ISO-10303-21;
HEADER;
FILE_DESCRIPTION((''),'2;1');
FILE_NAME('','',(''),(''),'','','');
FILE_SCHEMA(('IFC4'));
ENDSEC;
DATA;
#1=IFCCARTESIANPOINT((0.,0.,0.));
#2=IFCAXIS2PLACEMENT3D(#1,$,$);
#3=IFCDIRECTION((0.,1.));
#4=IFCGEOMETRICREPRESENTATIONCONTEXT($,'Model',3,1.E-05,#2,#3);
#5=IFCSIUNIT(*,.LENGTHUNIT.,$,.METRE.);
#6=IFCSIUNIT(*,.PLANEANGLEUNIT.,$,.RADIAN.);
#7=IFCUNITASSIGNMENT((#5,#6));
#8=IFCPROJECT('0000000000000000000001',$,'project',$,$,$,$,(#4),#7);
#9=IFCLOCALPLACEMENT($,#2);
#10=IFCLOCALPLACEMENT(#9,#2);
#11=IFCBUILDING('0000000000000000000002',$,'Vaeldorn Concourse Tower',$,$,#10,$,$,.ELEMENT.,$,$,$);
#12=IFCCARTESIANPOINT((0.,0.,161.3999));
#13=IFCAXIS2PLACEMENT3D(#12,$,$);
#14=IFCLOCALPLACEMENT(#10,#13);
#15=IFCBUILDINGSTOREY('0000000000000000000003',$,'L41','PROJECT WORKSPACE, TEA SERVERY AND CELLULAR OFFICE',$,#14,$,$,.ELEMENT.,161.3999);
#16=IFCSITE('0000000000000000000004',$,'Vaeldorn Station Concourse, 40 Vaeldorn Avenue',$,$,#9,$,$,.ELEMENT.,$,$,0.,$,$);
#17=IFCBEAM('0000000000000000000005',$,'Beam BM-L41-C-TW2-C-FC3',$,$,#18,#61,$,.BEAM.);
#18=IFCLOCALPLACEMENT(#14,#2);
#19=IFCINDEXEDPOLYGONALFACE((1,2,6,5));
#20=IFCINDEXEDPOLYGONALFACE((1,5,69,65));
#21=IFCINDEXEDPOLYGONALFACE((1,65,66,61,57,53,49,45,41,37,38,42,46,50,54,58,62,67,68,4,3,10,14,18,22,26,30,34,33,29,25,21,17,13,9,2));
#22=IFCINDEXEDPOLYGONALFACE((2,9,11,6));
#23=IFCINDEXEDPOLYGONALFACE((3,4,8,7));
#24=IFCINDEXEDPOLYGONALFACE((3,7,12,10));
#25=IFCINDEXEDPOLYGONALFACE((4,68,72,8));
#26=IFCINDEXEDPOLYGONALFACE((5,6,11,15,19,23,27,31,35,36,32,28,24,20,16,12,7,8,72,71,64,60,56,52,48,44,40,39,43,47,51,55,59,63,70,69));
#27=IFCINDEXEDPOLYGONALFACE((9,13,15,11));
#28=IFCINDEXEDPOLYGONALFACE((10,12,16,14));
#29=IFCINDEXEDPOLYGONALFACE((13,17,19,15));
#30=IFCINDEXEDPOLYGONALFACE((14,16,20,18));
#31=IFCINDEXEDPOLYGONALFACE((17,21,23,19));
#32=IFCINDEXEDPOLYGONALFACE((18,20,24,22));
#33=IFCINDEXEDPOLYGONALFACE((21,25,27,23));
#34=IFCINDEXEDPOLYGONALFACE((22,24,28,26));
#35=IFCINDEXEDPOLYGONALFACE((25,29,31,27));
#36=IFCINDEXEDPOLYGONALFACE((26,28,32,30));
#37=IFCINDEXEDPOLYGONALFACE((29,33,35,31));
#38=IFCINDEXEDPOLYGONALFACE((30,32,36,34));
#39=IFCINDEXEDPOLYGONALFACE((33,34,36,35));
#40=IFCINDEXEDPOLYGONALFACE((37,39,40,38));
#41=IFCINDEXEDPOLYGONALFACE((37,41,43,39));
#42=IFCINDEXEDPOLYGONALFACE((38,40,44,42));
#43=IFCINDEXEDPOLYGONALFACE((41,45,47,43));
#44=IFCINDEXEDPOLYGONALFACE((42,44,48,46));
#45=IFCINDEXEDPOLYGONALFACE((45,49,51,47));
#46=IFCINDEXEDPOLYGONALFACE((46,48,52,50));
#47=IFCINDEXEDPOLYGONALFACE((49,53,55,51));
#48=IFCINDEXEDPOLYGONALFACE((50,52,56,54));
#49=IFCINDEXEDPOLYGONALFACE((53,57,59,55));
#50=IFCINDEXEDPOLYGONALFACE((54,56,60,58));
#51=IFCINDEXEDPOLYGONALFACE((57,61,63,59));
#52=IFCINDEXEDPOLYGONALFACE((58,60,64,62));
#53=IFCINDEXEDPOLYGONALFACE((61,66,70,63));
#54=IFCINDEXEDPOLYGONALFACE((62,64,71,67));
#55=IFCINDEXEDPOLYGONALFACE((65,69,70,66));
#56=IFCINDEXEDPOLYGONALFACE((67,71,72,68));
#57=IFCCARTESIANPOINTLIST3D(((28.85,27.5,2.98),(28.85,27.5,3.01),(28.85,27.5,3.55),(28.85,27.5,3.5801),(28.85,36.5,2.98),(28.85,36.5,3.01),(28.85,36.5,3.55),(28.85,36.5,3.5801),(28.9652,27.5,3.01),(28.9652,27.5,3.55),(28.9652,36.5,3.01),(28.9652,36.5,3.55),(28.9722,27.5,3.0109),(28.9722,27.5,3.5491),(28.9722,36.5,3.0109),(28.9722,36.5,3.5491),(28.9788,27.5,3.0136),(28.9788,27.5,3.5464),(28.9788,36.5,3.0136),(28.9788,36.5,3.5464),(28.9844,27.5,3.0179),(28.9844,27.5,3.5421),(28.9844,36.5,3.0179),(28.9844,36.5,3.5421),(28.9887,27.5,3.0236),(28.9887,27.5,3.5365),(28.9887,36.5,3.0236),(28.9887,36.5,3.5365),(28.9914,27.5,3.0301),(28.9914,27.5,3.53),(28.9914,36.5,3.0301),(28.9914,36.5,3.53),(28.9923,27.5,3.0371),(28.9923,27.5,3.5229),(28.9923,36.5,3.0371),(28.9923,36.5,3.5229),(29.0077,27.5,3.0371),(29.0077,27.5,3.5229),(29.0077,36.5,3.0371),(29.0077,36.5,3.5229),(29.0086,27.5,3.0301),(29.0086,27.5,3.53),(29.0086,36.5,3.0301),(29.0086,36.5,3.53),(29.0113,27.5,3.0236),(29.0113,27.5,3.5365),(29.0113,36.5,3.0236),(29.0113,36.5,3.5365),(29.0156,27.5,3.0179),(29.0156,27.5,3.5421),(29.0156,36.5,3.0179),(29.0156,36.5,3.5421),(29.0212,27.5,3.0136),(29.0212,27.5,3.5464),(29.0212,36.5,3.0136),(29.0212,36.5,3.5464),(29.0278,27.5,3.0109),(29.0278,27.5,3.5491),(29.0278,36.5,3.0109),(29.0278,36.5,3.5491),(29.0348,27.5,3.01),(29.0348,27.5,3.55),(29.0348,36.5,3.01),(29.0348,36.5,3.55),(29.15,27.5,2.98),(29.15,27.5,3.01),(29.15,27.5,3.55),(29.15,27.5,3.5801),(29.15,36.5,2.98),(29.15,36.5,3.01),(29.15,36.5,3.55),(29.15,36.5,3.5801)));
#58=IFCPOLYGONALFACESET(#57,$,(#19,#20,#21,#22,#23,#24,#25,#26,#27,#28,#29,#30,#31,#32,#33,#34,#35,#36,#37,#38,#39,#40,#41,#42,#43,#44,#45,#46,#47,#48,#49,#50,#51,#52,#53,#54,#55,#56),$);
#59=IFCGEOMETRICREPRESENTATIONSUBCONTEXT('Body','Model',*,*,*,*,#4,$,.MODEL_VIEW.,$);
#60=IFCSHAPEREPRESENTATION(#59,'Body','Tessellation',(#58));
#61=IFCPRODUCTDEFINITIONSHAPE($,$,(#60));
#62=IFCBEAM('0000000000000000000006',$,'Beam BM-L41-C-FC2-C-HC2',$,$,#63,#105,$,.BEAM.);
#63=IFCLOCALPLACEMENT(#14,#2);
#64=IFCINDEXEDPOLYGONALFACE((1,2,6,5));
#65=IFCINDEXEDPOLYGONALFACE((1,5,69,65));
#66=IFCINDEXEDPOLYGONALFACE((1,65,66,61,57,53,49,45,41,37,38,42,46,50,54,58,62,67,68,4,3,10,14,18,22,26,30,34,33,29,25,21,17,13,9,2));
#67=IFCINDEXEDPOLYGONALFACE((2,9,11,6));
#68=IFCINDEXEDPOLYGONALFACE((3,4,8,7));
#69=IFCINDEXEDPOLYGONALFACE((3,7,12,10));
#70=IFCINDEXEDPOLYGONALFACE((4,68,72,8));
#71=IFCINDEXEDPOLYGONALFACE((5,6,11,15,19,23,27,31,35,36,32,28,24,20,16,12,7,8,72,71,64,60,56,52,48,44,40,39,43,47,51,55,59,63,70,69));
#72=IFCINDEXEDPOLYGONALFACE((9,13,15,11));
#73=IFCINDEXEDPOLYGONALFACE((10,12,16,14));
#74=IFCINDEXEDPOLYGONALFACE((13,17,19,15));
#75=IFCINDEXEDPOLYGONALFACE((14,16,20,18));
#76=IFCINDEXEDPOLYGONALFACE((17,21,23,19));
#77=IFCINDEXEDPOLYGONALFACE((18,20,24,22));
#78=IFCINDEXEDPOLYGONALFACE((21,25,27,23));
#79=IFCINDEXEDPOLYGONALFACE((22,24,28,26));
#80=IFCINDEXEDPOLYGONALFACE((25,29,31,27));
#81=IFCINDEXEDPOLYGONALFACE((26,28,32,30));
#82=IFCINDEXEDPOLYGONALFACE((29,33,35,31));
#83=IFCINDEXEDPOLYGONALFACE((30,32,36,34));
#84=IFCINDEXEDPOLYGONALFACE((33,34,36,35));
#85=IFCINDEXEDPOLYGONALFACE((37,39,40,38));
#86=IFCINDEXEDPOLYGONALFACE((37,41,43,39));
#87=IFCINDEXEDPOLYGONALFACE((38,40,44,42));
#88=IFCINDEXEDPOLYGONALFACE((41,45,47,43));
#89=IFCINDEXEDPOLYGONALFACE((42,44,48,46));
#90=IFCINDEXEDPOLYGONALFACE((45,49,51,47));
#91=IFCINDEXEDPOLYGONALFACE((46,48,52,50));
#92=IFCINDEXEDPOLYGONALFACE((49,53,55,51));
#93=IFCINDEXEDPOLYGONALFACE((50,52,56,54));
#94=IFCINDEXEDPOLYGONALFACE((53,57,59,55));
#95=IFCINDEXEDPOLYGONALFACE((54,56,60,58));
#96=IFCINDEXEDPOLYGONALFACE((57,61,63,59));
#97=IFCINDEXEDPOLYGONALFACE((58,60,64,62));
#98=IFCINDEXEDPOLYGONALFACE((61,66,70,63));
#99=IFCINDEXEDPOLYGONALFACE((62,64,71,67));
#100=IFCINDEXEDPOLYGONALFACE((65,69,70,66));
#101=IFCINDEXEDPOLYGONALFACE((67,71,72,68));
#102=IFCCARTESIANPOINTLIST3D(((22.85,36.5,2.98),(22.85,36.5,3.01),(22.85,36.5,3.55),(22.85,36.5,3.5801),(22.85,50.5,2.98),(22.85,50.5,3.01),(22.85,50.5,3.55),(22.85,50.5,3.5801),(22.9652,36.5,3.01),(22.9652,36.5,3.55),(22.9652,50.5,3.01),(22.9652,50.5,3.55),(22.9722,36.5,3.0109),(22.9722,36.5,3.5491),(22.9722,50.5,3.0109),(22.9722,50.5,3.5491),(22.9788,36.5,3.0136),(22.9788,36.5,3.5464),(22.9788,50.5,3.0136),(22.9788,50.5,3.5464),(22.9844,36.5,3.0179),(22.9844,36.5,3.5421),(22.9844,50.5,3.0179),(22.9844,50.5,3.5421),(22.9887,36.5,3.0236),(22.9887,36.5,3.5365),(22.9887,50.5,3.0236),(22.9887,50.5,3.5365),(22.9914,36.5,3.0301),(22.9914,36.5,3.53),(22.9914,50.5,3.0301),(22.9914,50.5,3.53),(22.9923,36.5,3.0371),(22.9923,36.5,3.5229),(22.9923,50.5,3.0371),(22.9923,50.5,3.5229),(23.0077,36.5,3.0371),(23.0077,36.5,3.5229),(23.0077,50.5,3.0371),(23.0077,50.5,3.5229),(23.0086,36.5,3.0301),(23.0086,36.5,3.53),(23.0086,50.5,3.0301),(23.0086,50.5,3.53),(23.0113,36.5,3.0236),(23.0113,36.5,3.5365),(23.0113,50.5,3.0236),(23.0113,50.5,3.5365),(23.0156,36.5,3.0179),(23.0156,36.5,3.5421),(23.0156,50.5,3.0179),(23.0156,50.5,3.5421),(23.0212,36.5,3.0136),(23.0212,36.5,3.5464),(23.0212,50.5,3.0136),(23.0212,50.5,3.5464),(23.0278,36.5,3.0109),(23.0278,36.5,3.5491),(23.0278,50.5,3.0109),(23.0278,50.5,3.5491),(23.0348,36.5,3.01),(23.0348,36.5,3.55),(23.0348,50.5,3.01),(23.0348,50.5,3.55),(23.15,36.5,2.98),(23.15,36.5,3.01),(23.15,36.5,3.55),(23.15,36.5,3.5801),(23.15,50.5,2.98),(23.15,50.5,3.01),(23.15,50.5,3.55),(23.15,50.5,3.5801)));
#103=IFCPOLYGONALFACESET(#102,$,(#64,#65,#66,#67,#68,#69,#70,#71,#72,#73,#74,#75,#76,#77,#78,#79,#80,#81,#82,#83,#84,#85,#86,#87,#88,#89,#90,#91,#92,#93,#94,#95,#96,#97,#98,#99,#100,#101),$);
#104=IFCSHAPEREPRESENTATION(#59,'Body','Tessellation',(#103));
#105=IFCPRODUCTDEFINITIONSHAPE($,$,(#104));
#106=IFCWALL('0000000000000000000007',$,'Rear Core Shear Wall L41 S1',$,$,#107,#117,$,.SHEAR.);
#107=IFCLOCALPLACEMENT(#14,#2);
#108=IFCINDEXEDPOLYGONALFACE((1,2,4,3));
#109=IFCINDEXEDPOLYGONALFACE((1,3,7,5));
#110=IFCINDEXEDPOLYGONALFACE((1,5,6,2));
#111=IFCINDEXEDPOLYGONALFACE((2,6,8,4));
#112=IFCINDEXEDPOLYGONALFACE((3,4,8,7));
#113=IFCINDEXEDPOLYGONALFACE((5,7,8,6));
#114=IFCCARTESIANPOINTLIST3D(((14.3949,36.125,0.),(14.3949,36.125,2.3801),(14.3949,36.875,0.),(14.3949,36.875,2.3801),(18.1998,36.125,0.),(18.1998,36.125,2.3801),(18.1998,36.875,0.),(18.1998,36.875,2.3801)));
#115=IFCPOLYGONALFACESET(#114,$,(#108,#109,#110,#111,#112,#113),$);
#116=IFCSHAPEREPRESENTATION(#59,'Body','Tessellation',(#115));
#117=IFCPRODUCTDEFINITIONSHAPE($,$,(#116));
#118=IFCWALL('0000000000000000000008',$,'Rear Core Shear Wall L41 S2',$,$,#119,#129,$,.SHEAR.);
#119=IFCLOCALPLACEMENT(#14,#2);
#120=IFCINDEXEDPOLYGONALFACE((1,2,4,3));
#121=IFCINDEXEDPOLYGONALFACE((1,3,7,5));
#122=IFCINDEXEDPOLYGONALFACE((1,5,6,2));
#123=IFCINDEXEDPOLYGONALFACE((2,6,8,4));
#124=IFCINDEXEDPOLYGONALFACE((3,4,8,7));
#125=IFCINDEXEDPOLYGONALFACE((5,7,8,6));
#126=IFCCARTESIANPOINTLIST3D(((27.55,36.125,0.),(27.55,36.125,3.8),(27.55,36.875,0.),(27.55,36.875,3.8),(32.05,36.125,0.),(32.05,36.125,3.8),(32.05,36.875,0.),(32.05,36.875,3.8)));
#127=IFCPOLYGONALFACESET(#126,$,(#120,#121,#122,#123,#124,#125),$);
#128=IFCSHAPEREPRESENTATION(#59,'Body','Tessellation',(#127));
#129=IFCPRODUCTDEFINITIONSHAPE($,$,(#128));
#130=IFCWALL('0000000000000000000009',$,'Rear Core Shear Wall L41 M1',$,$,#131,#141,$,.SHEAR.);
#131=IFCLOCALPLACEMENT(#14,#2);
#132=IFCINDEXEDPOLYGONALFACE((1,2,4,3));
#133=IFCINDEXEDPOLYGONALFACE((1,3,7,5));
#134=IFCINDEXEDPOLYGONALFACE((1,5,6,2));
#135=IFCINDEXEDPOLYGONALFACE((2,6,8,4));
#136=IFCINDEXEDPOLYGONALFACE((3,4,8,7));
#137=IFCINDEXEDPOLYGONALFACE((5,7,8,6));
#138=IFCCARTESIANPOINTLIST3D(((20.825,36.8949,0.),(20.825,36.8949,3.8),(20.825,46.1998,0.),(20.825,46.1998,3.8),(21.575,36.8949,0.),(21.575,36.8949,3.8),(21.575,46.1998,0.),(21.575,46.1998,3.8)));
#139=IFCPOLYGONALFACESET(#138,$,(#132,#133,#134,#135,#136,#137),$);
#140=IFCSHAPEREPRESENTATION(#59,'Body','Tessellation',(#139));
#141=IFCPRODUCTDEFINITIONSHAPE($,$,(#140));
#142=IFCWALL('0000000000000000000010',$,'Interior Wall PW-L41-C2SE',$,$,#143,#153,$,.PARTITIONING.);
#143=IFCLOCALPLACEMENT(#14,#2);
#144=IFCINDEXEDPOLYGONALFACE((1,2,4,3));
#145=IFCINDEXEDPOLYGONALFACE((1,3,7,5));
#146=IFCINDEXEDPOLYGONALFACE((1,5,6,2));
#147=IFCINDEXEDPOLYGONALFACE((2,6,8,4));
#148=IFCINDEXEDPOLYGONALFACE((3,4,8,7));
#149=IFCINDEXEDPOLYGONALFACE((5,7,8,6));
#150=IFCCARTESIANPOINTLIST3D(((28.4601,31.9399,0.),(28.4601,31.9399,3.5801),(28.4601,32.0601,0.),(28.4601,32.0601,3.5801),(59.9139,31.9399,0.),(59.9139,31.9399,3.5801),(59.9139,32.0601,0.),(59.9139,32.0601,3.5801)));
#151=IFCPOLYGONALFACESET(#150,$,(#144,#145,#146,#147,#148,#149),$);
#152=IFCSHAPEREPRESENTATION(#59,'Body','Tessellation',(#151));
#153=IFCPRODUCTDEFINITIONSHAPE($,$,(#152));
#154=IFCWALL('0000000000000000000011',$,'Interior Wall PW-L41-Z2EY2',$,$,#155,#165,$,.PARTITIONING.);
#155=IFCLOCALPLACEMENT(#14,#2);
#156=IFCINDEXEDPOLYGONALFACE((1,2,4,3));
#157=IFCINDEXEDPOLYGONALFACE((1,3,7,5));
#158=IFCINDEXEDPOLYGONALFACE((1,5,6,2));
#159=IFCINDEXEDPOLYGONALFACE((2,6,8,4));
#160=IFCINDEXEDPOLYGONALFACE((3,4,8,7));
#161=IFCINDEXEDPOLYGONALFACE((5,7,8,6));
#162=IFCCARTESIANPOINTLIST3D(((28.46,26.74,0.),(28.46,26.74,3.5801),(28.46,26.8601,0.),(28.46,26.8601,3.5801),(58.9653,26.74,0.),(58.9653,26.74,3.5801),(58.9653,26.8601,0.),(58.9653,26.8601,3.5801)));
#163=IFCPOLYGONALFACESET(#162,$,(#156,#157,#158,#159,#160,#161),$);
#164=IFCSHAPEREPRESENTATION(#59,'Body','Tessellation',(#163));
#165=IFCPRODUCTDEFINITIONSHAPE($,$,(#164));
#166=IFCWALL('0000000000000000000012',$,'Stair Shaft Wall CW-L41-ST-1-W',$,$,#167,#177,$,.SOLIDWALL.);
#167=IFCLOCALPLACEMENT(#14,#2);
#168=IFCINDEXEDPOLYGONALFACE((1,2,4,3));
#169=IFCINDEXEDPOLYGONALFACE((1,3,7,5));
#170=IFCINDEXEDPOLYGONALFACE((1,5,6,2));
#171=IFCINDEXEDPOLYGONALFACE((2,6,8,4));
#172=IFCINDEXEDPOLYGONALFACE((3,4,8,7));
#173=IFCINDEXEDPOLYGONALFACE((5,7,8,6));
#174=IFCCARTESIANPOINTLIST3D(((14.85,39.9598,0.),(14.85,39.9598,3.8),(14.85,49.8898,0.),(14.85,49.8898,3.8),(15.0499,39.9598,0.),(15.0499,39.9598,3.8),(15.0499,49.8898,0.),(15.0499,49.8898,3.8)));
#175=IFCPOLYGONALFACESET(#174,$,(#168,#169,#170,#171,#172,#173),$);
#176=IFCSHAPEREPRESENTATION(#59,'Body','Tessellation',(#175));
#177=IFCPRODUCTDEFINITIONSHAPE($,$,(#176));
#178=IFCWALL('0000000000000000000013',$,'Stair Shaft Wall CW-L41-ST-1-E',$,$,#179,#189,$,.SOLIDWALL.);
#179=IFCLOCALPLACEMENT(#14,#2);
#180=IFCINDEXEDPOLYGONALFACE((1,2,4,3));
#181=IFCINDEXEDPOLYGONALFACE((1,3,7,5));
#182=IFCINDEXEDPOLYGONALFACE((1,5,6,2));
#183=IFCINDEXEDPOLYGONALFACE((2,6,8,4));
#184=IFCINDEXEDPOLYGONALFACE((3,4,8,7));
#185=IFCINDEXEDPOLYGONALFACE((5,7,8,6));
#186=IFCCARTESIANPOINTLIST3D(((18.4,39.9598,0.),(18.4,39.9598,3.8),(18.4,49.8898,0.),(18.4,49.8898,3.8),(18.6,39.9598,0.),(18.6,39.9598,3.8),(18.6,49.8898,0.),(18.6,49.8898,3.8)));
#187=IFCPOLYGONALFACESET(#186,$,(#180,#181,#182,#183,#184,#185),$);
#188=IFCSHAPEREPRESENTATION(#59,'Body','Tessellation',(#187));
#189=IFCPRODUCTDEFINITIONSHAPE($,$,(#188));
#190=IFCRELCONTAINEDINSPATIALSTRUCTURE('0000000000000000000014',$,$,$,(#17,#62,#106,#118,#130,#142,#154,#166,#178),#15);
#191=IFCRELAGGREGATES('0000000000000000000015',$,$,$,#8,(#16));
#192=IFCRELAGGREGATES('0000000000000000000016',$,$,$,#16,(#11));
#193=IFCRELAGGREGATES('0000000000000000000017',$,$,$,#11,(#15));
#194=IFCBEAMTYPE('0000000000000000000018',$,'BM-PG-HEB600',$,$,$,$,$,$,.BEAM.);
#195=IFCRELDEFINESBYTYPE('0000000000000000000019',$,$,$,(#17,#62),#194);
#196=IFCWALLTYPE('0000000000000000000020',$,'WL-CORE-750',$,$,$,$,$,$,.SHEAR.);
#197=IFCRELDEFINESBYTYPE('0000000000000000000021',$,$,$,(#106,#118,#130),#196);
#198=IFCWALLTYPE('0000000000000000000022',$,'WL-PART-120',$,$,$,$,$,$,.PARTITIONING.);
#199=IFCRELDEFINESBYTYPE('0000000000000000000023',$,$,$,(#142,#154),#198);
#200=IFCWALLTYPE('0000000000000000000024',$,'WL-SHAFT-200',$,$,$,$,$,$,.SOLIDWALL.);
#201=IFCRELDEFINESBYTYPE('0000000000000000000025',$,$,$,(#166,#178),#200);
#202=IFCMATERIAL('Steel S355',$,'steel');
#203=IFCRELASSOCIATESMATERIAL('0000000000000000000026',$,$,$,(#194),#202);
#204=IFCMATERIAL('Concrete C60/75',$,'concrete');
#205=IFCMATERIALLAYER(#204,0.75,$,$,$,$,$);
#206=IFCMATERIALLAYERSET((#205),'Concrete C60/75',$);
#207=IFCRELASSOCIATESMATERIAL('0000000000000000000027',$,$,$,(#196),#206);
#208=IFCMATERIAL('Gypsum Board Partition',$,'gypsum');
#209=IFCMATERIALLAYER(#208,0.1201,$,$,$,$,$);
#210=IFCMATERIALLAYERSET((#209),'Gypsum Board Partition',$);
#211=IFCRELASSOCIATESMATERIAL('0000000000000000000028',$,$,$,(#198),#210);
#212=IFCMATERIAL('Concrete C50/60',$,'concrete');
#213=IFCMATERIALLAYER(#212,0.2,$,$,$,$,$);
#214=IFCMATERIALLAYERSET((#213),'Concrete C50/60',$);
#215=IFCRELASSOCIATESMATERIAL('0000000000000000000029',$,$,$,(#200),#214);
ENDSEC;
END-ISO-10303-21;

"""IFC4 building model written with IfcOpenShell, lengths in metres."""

from ifc_helpers import new_model, si_unit, direction, frame, frame_2d, origin, origin_2d, place, context, subcontext, project, spatial, rectangle, i_section, extrude, source, transform, mapped, material, layer, layer_set, material_profile, profile_set, type_object, element, save


model = new_model("IFC4")

# Units and contexts
model_context = context("Model", 3, precision=1e-05, world=origin(), true_north=direction((0.0, 1.0)))
body_context = subcontext(model_context, "Body", "Model", "MODEL_VIEW")
ifc_project = project(units=[si_unit("LENGTHUNIT", "METRE"), si_unit("PLANEANGLEUNIT", "RADIAN")], contexts=[model_context])

# Site, building, storey
site_placement = place(None, origin())
site = spatial("IfcSite", under=ifc_project, at=site_placement, Name="Vaeldorn Station Concourse, 40 Vaeldorn Avenue", CompositionType="ELEMENT", RefElevation=0.0)
building_placement = place(site_placement, origin())
building = spatial("IfcBuilding", under=site, at=building_placement, Name="Vaeldorn Concourse Tower", CompositionType="ELEMENT")
storey_placement = place(building_placement, frame((0.0, 0.0, 161.3999)))
storey = spatial("IfcBuildingStorey", under=building, at=storey_placement, Name="L41", Description="PROJECT WORKSPACE, TEA SERVERY AND CELLULAR OFFICE", CompositionType="ELEMENT", Elevation=161.3999)

# Beams
ifc_material_1 = material(Name="Steel S355", Category="steel")
ifc_material_profile_1 = material_profile(ifc_material_1, i_section(OverallWidth=0.3, OverallDepth=0.6001, WebThickness=0.0154, FlangeThickness=0.03, FilletRadius=0.0271, at=origin_2d()), Name="HEB 600")
ifc_profile_set_1 = profile_set([ifc_material_profile_1], Name="Steel S355")
beam_type_1 = type_object("IfcBeamType", Name="BM-PG-HEB600", PredefinedType="BEAM", material=ifc_profile_set_1)
shared_shape_1 = source(origin(), body_context, "Body", "SweptSolid", [
    extrude(i_section(OverallWidth=0.3, OverallDepth=0.6001, WebThickness=0.0154, FlangeThickness=0.03, FilletRadius=0.0271, at=origin_2d()), origin(), (0.0, 0.0, 1.0), 9.0),
])
for number, where, z_axis, x_axis, name in (
    (1, (29.0, 27.5, 3.28), (0.0, 1.0, 0.0), (-1.0, 0.0, 0.0), "Beam BM-L41-C-TW2-C-FC3"),
):
    element("IfcBeam", number, at=place(storey_placement, frame(where, z_axis=z_axis, x_axis=x_axis)), inside=storey, type_object=beam_type_1, Name=name, PredefinedType="BEAM", context=body_context, shape_type="MappedRepresentation", body=[
        mapped(shared_shape_1, transform((0.0, 0.0, 0.0), scale=1.0)),
    ])
shared_shape_2 = source(origin(), body_context, "Body", "SweptSolid", [
    extrude(i_section(OverallWidth=0.3, OverallDepth=0.6001, WebThickness=0.0154, FlangeThickness=0.03, FilletRadius=0.0271, at=origin_2d()), origin(), (0.0, 0.0, 1.0), 14.0),
])
beam_placement = place(storey_placement, frame((23.0, 36.5, 3.28), z_axis=(0.0, 1.0, 0.0), x_axis=(-1.0, 0.0, 0.0)))
element("IfcBeam", 2, at=beam_placement, inside=storey, type_object=beam_type_1, Name="Beam BM-L41-C-FC2-C-HC2", PredefinedType="BEAM", context=body_context, shape_type="MappedRepresentation", body=[
    mapped(shared_shape_2, transform((0.0, 0.0, 0.0), scale=1.0)),
])

# Walls
ifc_material_2 = material(Name="Concrete C60/75", Category="concrete")
ifc_layer_1 = layer(ifc_material_2, 0.75)
ifc_layer_set_1 = layer_set([ifc_layer_1], Name="Concrete C60/75")
wall_type_1 = type_object("IfcWallType", Name="WL-CORE-750", PredefinedType="SHEAR", material=ifc_layer_set_1)
wall_1_placement = place(storey_placement, frame((14.395, 36.5, 0.0), z_axis=(0.0, 0.0, 1.0), x_axis=(1.0, 0.0, 0.0)))
element("IfcWall", 3, at=wall_1_placement, inside=storey, type_object=wall_type_1, Name="Rear Core Shear Wall L41 S1", PredefinedType="SHEAR", context=body_context, shape_type="SweptSolid", body=[
    extrude(rectangle(XDim=3.8049, YDim=0.75, at=frame_2d((1.9023, 0.0))), origin(), (0.0, 0.0, 1.0), 2.3801),
])
wall_2_placement = place(storey_placement, frame((27.55, 36.5, 0.0), z_axis=(0.0, 0.0, 1.0), x_axis=(1.0, 0.0, 0.0)))
element("IfcWall", 4, at=wall_2_placement, inside=storey, type_object=wall_type_1, Name="Rear Core Shear Wall L41 S2", PredefinedType="SHEAR", context=body_context, shape_type="SweptSolid", body=[
    extrude(rectangle(XDim=4.5, YDim=0.75, at=frame_2d((2.25, 0.0))), origin(), (0.0, 0.0, 1.0), 3.8),
])
wall_3_placement = place(storey_placement, frame((21.2, 36.895, 0.0), z_axis=(0.0, 0.0, 1.0), x_axis=(0.0, 1.0, 0.0)))
element("IfcWall", 5, at=wall_3_placement, inside=storey, type_object=wall_type_1, Name="Rear Core Shear Wall L41 M1", PredefinedType="SHEAR", context=body_context, shape_type="SweptSolid", body=[
    extrude(rectangle(XDim=9.3049, YDim=0.75, at=frame_2d((4.6523, 0.0))), origin(), (0.0, 0.0, 1.0), 3.8),
])
ifc_material_3 = material(Name="Gypsum Board Partition", Category="gypsum")
ifc_layer_2 = layer(ifc_material_3, 0.1201)
ifc_layer_set_2 = layer_set([ifc_layer_2], Name="Gypsum Board Partition")
wall_type_2 = type_object("IfcWallType", Name="WL-PART-120", PredefinedType="PARTITIONING", material=ifc_layer_set_2)
wall_4_placement = place(storey_placement, frame((28.46, 32.0, 0.0), z_axis=(0.0, 0.0, 1.0), x_axis=(1.0, 0.0, 0.0)))
element("IfcWall", 6, at=wall_4_placement, inside=storey, type_object=wall_type_2, Name="Interior Wall PW-L41-C2SE", PredefinedType="PARTITIONING", context=body_context, shape_type="SweptSolid", body=[
    extrude(rectangle(XDim=31.4539, YDim=0.1201, at=frame_2d((15.7271, 0.0))), origin(), (0.0, 0.0, 1.0), 3.5801),
])
wall_5_placement = place(storey_placement, frame((28.46, 26.8, 0.0), z_axis=(0.0, 0.0, 1.0), x_axis=(1.0, 0.0, 0.0)))
element("IfcWall", 7, at=wall_5_placement, inside=storey, type_object=wall_type_2, Name="Interior Wall PW-L41-Z2EY2", PredefinedType="PARTITIONING", context=body_context, shape_type="SweptSolid", body=[
    extrude(rectangle(XDim=30.5054, YDim=0.1201, at=frame_2d((15.2527, 0.0))), origin(), (0.0, 0.0, 1.0), 3.5801),
])

# Shared definitions
ifc_material_4 = material(Name="Concrete C50/60", Category="concrete")
ifc_layer_3 = layer(ifc_material_4, 0.2)
ifc_layer_set_3 = layer_set([ifc_layer_3], Name="Concrete C50/60")
wall_type_3 = type_object("IfcWallType", Name="WL-SHAFT-200", PredefinedType="SOLIDWALL", material=ifc_layer_set_3)

# Walls
for number, where, z_axis, x_axis, name in (
    (8, (14.95, 39.96, 0.0), (0.0, 0.0, 1.0), (0.0, 1.0, 0.0), "Stair Shaft Wall CW-L41-ST-1-W"),
    (9, (18.5, 39.96, 0.0), (0.0, 0.0, 1.0), (0.0, 1.0, 0.0), "Stair Shaft Wall CW-L41-ST-1-E"),
):
    element("IfcWall", number, at=place(storey_placement, frame(where, z_axis=z_axis, x_axis=x_axis)), inside=storey, type_object=wall_type_3, Name=name, PredefinedType="SOLIDWALL", context=body_context, shape_type="SweptSolid", body=[
        extrude(rectangle(XDim=9.9299, YDim=0.2, at=frame_2d((4.9648, 0.0))), origin(), (0.0, 0.0, 1.0), 3.8),
    ])

save(model, "model.ifc")
